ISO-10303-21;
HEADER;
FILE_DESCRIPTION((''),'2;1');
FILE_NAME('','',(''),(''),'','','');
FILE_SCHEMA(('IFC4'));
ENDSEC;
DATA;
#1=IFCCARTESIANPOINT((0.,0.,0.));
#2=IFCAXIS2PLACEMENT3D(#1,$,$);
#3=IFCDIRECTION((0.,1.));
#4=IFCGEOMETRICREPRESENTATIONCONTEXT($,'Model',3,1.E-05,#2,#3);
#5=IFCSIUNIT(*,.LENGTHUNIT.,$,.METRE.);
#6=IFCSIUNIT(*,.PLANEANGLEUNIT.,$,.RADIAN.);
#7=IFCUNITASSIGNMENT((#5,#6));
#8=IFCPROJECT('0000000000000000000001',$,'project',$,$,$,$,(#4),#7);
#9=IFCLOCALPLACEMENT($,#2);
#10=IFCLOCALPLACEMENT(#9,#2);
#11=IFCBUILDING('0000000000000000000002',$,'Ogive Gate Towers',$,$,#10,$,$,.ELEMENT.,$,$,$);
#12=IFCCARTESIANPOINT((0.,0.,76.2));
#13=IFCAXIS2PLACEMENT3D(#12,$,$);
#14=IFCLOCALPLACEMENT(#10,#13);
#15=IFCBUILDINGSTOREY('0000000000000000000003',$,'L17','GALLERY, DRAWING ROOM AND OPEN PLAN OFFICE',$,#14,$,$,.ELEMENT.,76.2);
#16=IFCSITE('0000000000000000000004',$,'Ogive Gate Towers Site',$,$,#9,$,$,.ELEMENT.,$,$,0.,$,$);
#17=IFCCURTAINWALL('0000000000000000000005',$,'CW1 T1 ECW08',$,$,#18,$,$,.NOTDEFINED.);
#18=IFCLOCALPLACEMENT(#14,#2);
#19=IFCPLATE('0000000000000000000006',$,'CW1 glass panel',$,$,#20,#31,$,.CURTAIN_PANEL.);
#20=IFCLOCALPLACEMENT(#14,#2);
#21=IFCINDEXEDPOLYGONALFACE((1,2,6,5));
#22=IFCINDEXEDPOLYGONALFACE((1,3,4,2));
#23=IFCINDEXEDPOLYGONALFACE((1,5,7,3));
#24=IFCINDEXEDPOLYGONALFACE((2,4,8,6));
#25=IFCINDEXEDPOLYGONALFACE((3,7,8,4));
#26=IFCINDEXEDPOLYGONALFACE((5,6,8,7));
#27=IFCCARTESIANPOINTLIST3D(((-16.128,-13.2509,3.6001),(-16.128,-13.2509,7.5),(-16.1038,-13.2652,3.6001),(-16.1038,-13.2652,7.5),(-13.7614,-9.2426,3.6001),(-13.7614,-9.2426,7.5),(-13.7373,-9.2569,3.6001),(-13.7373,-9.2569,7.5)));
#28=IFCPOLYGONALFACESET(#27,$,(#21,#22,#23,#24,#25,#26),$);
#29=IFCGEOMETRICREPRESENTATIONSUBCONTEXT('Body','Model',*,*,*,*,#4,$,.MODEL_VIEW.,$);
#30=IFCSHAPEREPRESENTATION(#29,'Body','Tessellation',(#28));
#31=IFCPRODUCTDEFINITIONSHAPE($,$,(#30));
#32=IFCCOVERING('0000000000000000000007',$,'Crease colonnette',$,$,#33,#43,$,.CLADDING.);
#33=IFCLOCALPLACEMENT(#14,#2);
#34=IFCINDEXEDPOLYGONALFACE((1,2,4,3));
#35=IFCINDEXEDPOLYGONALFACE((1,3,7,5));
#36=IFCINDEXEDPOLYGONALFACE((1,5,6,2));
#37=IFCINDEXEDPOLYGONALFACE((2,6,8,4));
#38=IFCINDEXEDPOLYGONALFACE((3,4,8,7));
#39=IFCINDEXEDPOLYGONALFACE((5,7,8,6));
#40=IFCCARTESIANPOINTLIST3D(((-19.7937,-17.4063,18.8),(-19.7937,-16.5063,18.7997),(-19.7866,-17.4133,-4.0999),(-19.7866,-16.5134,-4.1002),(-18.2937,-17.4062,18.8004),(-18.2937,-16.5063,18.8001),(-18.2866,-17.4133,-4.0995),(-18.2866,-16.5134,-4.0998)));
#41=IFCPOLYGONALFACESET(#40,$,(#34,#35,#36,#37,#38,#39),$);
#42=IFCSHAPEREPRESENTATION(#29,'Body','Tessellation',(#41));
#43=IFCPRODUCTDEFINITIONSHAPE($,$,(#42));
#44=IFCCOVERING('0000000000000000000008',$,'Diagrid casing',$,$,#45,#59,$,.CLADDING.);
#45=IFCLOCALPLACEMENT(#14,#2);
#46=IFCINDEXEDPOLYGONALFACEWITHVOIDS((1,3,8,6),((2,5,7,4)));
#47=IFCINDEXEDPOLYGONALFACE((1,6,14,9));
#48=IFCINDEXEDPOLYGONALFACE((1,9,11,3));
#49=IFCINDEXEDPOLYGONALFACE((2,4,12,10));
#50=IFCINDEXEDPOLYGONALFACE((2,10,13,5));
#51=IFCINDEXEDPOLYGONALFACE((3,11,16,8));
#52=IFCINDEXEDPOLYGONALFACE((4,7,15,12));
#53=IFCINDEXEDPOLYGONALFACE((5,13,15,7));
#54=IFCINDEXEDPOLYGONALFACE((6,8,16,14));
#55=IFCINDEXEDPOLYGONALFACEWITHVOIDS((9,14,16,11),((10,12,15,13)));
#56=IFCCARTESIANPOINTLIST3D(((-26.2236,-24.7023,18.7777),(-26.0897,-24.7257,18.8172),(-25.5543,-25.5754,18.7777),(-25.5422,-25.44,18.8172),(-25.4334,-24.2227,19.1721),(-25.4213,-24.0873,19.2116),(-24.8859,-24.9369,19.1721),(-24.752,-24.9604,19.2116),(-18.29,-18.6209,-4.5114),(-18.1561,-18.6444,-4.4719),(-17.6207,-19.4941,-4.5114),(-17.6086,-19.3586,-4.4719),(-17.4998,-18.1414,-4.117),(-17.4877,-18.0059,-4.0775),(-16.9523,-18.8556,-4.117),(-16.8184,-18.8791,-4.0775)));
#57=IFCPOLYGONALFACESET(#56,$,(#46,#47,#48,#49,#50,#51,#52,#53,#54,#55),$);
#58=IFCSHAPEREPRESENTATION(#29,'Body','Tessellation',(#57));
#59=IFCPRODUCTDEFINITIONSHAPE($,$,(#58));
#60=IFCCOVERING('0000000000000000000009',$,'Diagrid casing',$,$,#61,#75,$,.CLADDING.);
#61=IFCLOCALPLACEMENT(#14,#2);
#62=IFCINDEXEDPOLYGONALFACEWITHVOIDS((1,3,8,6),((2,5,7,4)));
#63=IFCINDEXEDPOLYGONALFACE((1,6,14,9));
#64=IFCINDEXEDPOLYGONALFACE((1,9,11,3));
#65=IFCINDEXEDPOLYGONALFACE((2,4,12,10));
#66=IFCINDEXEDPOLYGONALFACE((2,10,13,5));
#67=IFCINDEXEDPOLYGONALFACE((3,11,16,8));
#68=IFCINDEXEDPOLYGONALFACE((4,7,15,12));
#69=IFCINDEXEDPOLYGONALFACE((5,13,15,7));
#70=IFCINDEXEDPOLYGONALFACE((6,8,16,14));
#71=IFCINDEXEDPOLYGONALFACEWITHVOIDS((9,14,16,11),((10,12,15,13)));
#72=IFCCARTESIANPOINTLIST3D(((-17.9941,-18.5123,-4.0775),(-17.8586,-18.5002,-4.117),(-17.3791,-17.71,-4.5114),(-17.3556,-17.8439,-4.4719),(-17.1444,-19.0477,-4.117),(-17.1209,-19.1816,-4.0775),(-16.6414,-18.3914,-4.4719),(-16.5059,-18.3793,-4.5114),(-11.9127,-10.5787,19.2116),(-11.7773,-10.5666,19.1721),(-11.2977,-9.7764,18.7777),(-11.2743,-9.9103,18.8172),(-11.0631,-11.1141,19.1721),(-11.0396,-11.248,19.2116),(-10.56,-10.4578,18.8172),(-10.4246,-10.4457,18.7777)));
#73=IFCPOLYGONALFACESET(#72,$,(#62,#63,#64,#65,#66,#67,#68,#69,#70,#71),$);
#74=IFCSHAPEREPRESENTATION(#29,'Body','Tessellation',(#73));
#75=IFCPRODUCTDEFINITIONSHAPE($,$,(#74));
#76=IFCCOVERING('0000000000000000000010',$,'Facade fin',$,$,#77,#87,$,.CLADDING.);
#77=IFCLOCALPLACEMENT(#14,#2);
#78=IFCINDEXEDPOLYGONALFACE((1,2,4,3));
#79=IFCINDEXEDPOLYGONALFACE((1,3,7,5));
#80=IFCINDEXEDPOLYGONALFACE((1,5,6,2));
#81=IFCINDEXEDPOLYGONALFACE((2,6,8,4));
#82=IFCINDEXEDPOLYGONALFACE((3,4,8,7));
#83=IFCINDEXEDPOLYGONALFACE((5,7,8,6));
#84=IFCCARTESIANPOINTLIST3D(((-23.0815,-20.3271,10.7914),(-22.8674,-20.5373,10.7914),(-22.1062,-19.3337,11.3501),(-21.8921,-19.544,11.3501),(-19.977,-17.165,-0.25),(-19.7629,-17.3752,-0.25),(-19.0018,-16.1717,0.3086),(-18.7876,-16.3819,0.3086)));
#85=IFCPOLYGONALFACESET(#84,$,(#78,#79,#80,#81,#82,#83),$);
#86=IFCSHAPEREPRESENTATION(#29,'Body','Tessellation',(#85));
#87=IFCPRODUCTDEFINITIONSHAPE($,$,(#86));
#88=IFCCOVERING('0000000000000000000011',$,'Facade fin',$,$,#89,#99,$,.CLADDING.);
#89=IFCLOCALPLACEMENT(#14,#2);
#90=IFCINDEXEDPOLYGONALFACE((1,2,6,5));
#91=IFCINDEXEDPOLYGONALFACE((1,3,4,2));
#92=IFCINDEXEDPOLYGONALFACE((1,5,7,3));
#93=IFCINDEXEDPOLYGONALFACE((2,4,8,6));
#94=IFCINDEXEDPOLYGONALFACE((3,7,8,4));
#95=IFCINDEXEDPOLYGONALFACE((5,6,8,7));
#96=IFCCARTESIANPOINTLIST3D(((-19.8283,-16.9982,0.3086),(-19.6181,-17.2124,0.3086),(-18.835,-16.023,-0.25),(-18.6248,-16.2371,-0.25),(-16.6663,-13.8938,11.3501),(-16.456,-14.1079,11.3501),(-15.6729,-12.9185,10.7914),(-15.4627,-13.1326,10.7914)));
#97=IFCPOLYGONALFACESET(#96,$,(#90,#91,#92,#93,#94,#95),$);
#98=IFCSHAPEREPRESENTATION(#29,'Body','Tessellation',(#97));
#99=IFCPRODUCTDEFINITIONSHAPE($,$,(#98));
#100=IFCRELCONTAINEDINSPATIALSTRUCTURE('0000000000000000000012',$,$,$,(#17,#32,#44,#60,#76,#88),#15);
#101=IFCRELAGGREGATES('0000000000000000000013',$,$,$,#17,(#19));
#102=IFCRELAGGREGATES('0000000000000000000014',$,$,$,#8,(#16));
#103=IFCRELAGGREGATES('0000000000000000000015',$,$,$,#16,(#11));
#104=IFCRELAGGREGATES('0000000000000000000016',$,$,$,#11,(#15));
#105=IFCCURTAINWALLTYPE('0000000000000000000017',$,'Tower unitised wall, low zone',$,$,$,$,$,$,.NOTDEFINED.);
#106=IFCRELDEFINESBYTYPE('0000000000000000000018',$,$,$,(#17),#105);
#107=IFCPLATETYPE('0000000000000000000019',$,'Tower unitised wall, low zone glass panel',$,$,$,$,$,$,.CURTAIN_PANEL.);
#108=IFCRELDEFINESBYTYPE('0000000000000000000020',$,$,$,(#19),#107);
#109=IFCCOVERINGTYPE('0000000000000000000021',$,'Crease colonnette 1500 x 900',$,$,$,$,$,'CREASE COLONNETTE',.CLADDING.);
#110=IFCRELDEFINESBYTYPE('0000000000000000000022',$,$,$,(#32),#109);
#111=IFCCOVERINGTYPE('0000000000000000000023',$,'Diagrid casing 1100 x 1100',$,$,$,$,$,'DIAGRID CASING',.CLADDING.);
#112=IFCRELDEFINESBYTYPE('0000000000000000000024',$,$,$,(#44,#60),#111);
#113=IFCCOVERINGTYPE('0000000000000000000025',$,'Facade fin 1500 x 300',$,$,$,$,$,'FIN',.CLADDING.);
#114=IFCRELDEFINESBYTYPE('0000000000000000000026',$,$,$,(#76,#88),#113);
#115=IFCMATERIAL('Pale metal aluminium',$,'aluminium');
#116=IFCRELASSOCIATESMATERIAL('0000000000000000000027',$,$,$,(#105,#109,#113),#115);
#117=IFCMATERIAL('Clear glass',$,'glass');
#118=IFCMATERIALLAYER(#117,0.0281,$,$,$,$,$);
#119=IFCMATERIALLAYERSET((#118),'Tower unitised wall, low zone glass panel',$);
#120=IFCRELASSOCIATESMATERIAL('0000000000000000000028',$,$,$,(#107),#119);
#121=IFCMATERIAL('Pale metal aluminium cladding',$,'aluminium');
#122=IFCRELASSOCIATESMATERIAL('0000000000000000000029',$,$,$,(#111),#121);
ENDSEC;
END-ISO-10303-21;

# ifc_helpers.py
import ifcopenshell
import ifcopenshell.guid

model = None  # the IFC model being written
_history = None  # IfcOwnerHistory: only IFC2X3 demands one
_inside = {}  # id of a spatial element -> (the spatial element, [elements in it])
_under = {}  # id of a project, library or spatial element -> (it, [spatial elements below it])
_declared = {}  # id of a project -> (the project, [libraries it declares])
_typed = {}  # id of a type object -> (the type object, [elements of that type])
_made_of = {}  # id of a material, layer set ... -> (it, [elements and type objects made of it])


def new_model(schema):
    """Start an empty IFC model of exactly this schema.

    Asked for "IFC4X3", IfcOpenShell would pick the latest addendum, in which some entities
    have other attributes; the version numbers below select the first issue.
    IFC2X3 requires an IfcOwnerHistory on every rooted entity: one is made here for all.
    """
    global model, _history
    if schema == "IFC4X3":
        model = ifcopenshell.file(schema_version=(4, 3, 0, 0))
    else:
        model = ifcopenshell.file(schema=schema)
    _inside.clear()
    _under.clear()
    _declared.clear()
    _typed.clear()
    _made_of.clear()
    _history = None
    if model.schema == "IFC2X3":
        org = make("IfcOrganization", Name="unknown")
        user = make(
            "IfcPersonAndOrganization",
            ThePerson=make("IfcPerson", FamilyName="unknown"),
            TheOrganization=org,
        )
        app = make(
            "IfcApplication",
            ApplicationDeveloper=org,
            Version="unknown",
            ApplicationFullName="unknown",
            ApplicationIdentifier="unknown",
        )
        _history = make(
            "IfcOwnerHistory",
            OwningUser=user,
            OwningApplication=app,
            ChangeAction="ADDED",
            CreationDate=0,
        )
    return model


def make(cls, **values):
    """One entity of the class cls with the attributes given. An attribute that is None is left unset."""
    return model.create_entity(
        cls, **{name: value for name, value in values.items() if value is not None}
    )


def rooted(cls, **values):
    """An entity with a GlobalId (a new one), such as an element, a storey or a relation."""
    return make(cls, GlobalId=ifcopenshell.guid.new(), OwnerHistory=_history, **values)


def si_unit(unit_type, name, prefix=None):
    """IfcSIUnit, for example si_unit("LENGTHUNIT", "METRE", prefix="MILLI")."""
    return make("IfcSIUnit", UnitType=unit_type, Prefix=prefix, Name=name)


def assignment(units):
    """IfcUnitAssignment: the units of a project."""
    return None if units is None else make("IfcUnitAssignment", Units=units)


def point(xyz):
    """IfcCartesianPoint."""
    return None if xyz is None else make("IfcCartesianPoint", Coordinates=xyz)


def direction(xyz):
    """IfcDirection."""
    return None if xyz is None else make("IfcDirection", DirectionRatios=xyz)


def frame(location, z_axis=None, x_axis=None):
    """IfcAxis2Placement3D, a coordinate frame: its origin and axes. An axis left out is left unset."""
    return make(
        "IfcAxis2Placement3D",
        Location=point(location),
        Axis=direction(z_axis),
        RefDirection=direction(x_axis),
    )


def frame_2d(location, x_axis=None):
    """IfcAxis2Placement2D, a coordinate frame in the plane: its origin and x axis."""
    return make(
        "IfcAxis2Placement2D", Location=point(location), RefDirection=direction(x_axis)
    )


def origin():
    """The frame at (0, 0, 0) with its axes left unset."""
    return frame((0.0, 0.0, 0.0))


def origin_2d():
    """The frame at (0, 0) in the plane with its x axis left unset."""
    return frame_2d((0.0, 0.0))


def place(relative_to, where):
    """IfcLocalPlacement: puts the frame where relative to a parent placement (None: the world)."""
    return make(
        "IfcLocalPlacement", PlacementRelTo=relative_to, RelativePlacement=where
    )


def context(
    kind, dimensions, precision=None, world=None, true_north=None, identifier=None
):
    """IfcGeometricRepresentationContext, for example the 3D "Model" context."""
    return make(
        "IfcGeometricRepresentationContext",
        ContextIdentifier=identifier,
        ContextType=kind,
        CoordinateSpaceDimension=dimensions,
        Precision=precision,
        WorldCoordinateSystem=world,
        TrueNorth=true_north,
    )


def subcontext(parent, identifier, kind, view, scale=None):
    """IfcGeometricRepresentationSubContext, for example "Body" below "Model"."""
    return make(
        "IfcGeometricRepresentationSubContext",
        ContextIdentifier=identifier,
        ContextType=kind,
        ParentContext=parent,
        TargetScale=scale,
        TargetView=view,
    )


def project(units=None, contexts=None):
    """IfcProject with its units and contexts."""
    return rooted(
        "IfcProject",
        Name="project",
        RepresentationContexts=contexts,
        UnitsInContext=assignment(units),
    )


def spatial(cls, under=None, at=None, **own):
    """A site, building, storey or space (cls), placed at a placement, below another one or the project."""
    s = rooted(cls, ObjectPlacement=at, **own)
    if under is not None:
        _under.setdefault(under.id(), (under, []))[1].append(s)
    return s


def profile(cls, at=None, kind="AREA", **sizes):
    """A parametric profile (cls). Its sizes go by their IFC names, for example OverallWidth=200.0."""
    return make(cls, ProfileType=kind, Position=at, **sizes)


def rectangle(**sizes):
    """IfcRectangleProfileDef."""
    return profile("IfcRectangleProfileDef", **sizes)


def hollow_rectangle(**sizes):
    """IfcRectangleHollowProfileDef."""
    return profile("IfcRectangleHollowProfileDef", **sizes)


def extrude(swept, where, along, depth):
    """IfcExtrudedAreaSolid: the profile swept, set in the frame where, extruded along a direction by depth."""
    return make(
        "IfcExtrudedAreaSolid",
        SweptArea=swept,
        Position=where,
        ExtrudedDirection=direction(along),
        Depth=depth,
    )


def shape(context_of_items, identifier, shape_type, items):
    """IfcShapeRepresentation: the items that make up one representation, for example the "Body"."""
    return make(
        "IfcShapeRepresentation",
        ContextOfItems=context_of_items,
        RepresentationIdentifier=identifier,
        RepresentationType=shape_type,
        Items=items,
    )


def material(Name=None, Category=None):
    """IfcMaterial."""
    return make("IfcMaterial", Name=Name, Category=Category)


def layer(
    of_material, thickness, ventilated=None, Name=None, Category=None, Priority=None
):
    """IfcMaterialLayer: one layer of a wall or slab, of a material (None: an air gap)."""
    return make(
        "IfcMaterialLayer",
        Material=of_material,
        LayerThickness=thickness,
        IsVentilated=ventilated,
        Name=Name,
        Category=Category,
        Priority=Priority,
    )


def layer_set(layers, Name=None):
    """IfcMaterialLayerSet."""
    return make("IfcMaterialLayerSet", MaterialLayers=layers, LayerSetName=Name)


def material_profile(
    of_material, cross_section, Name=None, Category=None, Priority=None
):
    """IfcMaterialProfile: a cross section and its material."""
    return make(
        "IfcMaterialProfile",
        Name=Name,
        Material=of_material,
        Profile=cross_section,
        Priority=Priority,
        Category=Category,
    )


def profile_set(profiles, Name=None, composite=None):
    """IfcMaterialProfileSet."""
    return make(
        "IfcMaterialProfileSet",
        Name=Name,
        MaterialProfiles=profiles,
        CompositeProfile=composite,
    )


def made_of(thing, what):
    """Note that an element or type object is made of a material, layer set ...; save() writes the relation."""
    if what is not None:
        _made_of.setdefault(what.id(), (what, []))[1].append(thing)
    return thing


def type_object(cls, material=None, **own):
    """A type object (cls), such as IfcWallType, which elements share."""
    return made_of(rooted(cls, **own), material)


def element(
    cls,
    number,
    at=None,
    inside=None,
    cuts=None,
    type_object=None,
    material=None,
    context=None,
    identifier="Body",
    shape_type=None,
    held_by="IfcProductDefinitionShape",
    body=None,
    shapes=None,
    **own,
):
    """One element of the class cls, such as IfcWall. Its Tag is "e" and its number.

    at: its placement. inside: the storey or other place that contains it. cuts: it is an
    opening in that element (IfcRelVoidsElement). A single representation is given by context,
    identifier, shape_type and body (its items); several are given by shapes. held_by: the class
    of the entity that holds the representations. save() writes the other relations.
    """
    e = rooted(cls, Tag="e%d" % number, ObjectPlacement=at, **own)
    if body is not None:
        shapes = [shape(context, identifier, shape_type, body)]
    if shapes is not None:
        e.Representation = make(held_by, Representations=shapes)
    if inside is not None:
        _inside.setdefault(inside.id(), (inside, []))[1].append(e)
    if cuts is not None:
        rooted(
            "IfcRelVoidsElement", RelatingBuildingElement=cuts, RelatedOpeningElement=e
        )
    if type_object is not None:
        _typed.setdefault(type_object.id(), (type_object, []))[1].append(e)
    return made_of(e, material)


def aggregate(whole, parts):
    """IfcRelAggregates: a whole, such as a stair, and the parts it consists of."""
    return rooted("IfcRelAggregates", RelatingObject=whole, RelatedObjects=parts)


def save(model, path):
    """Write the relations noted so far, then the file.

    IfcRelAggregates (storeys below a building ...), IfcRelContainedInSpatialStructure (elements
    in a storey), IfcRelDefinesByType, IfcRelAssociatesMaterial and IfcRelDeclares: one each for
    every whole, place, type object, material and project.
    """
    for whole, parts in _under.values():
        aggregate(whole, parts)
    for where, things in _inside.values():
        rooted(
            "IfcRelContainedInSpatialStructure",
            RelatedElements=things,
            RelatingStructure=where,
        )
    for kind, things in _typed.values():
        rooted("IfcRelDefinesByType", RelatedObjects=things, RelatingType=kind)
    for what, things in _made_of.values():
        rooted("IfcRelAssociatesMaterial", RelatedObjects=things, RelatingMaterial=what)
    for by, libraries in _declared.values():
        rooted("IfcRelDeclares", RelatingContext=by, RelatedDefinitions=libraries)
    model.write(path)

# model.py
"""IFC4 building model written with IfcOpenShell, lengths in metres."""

from ifc_helpers import new_model, si_unit, direction, frame, origin, origin_2d, place, context, subcontext, project, spatial, rectangle, hollow_rectangle, extrude, material, layer, layer_set, material_profile, profile_set, type_object, element, aggregate, save


model = new_model("IFC4")

# Units and contexts
model_context = context("Model", 3, precision=1e-05, world=origin(), true_north=direction((0.0, 1.0)))
body_context = subcontext(model_context, "Body", "Model", "MODEL_VIEW")
ifc_project = project(units=[si_unit("LENGTHUNIT", "METRE"), si_unit("PLANEANGLEUNIT", "RADIAN")], contexts=[model_context])

# Site, building, storey
site_placement = place(None, origin())
site = spatial("IfcSite", under=ifc_project, at=site_placement, Name="Ogive Gate Towers Site", CompositionType="ELEMENT", RefElevation=0.0)
building_placement = place(site_placement, origin())
building = spatial("IfcBuilding", under=site, at=building_placement, Name="Ogive Gate Towers", CompositionType="ELEMENT")
storey_placement = place(building_placement, frame((0.0, 0.0, 76.2)))
storey = spatial("IfcBuildingStorey", under=building, at=storey_placement, Name="L17", Description="GALLERY, DRAWING ROOM AND OPEN PLAN OFFICE", CompositionType="ELEMENT", Elevation=76.2)

# Shared definitions
ifc_material_1 = material(Name="Pale metal aluminium", Category="aluminium")
curtain_wall_type = type_object("IfcCurtainWallType", Name="Tower unitised wall, low zone", PredefinedType="NOTDEFINED", material=ifc_material_1)

# Curtain wall
curtain_wall_1_placement = place(storey_placement, origin())
curtain_wall_1 = element("IfcCurtainWall", 1, at=curtain_wall_1_placement, inside=storey, type_object=curtain_wall_type, Name="CW1 T1 ECW08", PredefinedType="NOTDEFINED")

# Plate
ifc_material_2 = material(Name="Clear glass", Category="glass")
ifc_layer = layer(ifc_material_2, 0.0281)
ifc_layer_set = layer_set([ifc_layer], Name="Tower unitised wall, low zone glass panel")
plate_type = type_object("IfcPlateType", Name="Tower unitised wall, low zone glass panel", PredefinedType="CURTAIN_PANEL", material=ifc_layer_set)
plate_1_placement = place(storey_placement, frame((-14.9326, -11.2539, 3.6001), z_axis=(0.0, 0.0, 1.0), x_axis=(0.50841, 0.861115, 0.0)))
plate_1 = element("IfcPlate", 2, at=plate_1_placement, type_object=plate_type, Name="CW1 glass panel", PredefinedType="CURTAIN_PANEL", context=body_context, shape_type="SweptSolid", body=[
    extrude(rectangle(XDim=4.6548, YDim=0.0281, at=origin_2d()), origin(), (0.0, 0.0, 1.0), 3.8999),
])
aggregate(curtain_wall_1, [plate_1])

# Coverings
ifc_material_profile_1 = material_profile(ifc_material_1, rectangle(XDim=1.5, YDim=0.8999, at=origin_2d()), Name="1500 x 900 pale metal aluminium")
ifc_profile_set_1 = profile_set([ifc_material_profile_1], Name="Pale metal aluminium")
covering_type_1 = type_object("IfcCoveringType", Name="Crease colonnette 1500 x 900", ElementType="CREASE COLONNETTE", PredefinedType="CLADDING", material=ifc_profile_set_1)
covering_placement = place(storey_placement, frame((-19.0366, -16.9634, -4.0999), z_axis=(-0.000309, 0.000309, 1.0), x_axis=(1.0, 0.0, 0.0)))
element("IfcCovering", 3, at=covering_placement, inside=storey, type_object=covering_type_1, Name="Crease colonnette", PredefinedType="CLADDING", context=body_context, shape_type="SweptSolid", body=[
    extrude(rectangle(XDim=1.5, YDim=0.8999, at=origin_2d()), origin(), (0.0, 0.0, 1.0), 22.8999),
])
ifc_material_3 = material(Name="Pale metal aluminium cladding", Category="aluminium")
ifc_material_profile_2 = material_profile(ifc_material_3, hollow_rectangle(XDim=1.1001, YDim=1.1001, WallThickness=0.1001, at=origin_2d()), Name="1100 x 1100 pale metal casing")
ifc_profile_set_2 = profile_set([ifc_material_profile_2], Name="Pale metal aluminium cladding")
covering_type_2 = type_object("IfcCoveringType", Name="Diagrid casing 1100 x 1100", ElementType="DIAGRID CASING", PredefinedType="CLADDING", material=ifc_profile_set_2)
for number, where, z_axis, x_axis, name in (
    (4, (-17.5542, -18.75, -4.2944), (-0.31304, -0.239953, 0.918928), (0.608361, -0.793661, 0.0), "Diagrid casing"),
    (5, (-17.25, -18.4458, -4.2944), (0.239953, 0.31304, 0.918928), (-0.793661, 0.608361, 0.0), "Diagrid casing"),
):
    element("IfcCovering", number, at=place(storey_placement, frame(where, z_axis=z_axis, x_axis=x_axis)), inside=storey, type_object=covering_type_2, Name=name, PredefinedType="CLADDING", context=body_context, shape_type="SweptSolid", body=[
        extrude(hollow_rectangle(XDim=1.1001, YDim=1.1001, WallThickness=0.1001, at=origin_2d()), origin(), (0.0, 0.0, 1.0), 25.3438),
    ])
ifc_material_profile_3 = material_profile(ifc_material_1, rectangle(XDim=0.3, YDim=1.5, at=origin_2d()), Name="1500 x 300 pale metal aluminium")
ifc_profile_set_3 = profile_set([ifc_material_profile_3], Name="Pale metal aluminium")
covering_type_3 = type_object("IfcCoveringType", Name="Facade fin 1500 x 300", ElementType="FIN", PredefinedType="CLADDING", material=ifc_profile_set_3)
for number, where, z_axis, x_axis, name in (
    (6, (-19.3823, -16.7734, 0.0293), (-0.260935, -0.265778, 0.928049), (0.713578, -0.700576, 0.0), "Facade fin"),
    (7, (-19.2266, -16.6177, 0.0293), (0.265778, 0.260935, 0.928049), (-0.700576, 0.713578, 0.0), "Facade fin"),
):
    element("IfcCovering", number, at=place(storey_placement, frame(where, z_axis=z_axis, x_axis=x_axis)), inside=storey, type_object=covering_type_3, Name=name, PredefinedType="CLADDING", context=body_context, shape_type="SweptSolid", body=[
        extrude(rectangle(XDim=0.3, YDim=1.5, at=origin_2d()), origin(), (0.0, 0.0, 1.0), 11.8975),
    ])

save(model, "model.ifc")
